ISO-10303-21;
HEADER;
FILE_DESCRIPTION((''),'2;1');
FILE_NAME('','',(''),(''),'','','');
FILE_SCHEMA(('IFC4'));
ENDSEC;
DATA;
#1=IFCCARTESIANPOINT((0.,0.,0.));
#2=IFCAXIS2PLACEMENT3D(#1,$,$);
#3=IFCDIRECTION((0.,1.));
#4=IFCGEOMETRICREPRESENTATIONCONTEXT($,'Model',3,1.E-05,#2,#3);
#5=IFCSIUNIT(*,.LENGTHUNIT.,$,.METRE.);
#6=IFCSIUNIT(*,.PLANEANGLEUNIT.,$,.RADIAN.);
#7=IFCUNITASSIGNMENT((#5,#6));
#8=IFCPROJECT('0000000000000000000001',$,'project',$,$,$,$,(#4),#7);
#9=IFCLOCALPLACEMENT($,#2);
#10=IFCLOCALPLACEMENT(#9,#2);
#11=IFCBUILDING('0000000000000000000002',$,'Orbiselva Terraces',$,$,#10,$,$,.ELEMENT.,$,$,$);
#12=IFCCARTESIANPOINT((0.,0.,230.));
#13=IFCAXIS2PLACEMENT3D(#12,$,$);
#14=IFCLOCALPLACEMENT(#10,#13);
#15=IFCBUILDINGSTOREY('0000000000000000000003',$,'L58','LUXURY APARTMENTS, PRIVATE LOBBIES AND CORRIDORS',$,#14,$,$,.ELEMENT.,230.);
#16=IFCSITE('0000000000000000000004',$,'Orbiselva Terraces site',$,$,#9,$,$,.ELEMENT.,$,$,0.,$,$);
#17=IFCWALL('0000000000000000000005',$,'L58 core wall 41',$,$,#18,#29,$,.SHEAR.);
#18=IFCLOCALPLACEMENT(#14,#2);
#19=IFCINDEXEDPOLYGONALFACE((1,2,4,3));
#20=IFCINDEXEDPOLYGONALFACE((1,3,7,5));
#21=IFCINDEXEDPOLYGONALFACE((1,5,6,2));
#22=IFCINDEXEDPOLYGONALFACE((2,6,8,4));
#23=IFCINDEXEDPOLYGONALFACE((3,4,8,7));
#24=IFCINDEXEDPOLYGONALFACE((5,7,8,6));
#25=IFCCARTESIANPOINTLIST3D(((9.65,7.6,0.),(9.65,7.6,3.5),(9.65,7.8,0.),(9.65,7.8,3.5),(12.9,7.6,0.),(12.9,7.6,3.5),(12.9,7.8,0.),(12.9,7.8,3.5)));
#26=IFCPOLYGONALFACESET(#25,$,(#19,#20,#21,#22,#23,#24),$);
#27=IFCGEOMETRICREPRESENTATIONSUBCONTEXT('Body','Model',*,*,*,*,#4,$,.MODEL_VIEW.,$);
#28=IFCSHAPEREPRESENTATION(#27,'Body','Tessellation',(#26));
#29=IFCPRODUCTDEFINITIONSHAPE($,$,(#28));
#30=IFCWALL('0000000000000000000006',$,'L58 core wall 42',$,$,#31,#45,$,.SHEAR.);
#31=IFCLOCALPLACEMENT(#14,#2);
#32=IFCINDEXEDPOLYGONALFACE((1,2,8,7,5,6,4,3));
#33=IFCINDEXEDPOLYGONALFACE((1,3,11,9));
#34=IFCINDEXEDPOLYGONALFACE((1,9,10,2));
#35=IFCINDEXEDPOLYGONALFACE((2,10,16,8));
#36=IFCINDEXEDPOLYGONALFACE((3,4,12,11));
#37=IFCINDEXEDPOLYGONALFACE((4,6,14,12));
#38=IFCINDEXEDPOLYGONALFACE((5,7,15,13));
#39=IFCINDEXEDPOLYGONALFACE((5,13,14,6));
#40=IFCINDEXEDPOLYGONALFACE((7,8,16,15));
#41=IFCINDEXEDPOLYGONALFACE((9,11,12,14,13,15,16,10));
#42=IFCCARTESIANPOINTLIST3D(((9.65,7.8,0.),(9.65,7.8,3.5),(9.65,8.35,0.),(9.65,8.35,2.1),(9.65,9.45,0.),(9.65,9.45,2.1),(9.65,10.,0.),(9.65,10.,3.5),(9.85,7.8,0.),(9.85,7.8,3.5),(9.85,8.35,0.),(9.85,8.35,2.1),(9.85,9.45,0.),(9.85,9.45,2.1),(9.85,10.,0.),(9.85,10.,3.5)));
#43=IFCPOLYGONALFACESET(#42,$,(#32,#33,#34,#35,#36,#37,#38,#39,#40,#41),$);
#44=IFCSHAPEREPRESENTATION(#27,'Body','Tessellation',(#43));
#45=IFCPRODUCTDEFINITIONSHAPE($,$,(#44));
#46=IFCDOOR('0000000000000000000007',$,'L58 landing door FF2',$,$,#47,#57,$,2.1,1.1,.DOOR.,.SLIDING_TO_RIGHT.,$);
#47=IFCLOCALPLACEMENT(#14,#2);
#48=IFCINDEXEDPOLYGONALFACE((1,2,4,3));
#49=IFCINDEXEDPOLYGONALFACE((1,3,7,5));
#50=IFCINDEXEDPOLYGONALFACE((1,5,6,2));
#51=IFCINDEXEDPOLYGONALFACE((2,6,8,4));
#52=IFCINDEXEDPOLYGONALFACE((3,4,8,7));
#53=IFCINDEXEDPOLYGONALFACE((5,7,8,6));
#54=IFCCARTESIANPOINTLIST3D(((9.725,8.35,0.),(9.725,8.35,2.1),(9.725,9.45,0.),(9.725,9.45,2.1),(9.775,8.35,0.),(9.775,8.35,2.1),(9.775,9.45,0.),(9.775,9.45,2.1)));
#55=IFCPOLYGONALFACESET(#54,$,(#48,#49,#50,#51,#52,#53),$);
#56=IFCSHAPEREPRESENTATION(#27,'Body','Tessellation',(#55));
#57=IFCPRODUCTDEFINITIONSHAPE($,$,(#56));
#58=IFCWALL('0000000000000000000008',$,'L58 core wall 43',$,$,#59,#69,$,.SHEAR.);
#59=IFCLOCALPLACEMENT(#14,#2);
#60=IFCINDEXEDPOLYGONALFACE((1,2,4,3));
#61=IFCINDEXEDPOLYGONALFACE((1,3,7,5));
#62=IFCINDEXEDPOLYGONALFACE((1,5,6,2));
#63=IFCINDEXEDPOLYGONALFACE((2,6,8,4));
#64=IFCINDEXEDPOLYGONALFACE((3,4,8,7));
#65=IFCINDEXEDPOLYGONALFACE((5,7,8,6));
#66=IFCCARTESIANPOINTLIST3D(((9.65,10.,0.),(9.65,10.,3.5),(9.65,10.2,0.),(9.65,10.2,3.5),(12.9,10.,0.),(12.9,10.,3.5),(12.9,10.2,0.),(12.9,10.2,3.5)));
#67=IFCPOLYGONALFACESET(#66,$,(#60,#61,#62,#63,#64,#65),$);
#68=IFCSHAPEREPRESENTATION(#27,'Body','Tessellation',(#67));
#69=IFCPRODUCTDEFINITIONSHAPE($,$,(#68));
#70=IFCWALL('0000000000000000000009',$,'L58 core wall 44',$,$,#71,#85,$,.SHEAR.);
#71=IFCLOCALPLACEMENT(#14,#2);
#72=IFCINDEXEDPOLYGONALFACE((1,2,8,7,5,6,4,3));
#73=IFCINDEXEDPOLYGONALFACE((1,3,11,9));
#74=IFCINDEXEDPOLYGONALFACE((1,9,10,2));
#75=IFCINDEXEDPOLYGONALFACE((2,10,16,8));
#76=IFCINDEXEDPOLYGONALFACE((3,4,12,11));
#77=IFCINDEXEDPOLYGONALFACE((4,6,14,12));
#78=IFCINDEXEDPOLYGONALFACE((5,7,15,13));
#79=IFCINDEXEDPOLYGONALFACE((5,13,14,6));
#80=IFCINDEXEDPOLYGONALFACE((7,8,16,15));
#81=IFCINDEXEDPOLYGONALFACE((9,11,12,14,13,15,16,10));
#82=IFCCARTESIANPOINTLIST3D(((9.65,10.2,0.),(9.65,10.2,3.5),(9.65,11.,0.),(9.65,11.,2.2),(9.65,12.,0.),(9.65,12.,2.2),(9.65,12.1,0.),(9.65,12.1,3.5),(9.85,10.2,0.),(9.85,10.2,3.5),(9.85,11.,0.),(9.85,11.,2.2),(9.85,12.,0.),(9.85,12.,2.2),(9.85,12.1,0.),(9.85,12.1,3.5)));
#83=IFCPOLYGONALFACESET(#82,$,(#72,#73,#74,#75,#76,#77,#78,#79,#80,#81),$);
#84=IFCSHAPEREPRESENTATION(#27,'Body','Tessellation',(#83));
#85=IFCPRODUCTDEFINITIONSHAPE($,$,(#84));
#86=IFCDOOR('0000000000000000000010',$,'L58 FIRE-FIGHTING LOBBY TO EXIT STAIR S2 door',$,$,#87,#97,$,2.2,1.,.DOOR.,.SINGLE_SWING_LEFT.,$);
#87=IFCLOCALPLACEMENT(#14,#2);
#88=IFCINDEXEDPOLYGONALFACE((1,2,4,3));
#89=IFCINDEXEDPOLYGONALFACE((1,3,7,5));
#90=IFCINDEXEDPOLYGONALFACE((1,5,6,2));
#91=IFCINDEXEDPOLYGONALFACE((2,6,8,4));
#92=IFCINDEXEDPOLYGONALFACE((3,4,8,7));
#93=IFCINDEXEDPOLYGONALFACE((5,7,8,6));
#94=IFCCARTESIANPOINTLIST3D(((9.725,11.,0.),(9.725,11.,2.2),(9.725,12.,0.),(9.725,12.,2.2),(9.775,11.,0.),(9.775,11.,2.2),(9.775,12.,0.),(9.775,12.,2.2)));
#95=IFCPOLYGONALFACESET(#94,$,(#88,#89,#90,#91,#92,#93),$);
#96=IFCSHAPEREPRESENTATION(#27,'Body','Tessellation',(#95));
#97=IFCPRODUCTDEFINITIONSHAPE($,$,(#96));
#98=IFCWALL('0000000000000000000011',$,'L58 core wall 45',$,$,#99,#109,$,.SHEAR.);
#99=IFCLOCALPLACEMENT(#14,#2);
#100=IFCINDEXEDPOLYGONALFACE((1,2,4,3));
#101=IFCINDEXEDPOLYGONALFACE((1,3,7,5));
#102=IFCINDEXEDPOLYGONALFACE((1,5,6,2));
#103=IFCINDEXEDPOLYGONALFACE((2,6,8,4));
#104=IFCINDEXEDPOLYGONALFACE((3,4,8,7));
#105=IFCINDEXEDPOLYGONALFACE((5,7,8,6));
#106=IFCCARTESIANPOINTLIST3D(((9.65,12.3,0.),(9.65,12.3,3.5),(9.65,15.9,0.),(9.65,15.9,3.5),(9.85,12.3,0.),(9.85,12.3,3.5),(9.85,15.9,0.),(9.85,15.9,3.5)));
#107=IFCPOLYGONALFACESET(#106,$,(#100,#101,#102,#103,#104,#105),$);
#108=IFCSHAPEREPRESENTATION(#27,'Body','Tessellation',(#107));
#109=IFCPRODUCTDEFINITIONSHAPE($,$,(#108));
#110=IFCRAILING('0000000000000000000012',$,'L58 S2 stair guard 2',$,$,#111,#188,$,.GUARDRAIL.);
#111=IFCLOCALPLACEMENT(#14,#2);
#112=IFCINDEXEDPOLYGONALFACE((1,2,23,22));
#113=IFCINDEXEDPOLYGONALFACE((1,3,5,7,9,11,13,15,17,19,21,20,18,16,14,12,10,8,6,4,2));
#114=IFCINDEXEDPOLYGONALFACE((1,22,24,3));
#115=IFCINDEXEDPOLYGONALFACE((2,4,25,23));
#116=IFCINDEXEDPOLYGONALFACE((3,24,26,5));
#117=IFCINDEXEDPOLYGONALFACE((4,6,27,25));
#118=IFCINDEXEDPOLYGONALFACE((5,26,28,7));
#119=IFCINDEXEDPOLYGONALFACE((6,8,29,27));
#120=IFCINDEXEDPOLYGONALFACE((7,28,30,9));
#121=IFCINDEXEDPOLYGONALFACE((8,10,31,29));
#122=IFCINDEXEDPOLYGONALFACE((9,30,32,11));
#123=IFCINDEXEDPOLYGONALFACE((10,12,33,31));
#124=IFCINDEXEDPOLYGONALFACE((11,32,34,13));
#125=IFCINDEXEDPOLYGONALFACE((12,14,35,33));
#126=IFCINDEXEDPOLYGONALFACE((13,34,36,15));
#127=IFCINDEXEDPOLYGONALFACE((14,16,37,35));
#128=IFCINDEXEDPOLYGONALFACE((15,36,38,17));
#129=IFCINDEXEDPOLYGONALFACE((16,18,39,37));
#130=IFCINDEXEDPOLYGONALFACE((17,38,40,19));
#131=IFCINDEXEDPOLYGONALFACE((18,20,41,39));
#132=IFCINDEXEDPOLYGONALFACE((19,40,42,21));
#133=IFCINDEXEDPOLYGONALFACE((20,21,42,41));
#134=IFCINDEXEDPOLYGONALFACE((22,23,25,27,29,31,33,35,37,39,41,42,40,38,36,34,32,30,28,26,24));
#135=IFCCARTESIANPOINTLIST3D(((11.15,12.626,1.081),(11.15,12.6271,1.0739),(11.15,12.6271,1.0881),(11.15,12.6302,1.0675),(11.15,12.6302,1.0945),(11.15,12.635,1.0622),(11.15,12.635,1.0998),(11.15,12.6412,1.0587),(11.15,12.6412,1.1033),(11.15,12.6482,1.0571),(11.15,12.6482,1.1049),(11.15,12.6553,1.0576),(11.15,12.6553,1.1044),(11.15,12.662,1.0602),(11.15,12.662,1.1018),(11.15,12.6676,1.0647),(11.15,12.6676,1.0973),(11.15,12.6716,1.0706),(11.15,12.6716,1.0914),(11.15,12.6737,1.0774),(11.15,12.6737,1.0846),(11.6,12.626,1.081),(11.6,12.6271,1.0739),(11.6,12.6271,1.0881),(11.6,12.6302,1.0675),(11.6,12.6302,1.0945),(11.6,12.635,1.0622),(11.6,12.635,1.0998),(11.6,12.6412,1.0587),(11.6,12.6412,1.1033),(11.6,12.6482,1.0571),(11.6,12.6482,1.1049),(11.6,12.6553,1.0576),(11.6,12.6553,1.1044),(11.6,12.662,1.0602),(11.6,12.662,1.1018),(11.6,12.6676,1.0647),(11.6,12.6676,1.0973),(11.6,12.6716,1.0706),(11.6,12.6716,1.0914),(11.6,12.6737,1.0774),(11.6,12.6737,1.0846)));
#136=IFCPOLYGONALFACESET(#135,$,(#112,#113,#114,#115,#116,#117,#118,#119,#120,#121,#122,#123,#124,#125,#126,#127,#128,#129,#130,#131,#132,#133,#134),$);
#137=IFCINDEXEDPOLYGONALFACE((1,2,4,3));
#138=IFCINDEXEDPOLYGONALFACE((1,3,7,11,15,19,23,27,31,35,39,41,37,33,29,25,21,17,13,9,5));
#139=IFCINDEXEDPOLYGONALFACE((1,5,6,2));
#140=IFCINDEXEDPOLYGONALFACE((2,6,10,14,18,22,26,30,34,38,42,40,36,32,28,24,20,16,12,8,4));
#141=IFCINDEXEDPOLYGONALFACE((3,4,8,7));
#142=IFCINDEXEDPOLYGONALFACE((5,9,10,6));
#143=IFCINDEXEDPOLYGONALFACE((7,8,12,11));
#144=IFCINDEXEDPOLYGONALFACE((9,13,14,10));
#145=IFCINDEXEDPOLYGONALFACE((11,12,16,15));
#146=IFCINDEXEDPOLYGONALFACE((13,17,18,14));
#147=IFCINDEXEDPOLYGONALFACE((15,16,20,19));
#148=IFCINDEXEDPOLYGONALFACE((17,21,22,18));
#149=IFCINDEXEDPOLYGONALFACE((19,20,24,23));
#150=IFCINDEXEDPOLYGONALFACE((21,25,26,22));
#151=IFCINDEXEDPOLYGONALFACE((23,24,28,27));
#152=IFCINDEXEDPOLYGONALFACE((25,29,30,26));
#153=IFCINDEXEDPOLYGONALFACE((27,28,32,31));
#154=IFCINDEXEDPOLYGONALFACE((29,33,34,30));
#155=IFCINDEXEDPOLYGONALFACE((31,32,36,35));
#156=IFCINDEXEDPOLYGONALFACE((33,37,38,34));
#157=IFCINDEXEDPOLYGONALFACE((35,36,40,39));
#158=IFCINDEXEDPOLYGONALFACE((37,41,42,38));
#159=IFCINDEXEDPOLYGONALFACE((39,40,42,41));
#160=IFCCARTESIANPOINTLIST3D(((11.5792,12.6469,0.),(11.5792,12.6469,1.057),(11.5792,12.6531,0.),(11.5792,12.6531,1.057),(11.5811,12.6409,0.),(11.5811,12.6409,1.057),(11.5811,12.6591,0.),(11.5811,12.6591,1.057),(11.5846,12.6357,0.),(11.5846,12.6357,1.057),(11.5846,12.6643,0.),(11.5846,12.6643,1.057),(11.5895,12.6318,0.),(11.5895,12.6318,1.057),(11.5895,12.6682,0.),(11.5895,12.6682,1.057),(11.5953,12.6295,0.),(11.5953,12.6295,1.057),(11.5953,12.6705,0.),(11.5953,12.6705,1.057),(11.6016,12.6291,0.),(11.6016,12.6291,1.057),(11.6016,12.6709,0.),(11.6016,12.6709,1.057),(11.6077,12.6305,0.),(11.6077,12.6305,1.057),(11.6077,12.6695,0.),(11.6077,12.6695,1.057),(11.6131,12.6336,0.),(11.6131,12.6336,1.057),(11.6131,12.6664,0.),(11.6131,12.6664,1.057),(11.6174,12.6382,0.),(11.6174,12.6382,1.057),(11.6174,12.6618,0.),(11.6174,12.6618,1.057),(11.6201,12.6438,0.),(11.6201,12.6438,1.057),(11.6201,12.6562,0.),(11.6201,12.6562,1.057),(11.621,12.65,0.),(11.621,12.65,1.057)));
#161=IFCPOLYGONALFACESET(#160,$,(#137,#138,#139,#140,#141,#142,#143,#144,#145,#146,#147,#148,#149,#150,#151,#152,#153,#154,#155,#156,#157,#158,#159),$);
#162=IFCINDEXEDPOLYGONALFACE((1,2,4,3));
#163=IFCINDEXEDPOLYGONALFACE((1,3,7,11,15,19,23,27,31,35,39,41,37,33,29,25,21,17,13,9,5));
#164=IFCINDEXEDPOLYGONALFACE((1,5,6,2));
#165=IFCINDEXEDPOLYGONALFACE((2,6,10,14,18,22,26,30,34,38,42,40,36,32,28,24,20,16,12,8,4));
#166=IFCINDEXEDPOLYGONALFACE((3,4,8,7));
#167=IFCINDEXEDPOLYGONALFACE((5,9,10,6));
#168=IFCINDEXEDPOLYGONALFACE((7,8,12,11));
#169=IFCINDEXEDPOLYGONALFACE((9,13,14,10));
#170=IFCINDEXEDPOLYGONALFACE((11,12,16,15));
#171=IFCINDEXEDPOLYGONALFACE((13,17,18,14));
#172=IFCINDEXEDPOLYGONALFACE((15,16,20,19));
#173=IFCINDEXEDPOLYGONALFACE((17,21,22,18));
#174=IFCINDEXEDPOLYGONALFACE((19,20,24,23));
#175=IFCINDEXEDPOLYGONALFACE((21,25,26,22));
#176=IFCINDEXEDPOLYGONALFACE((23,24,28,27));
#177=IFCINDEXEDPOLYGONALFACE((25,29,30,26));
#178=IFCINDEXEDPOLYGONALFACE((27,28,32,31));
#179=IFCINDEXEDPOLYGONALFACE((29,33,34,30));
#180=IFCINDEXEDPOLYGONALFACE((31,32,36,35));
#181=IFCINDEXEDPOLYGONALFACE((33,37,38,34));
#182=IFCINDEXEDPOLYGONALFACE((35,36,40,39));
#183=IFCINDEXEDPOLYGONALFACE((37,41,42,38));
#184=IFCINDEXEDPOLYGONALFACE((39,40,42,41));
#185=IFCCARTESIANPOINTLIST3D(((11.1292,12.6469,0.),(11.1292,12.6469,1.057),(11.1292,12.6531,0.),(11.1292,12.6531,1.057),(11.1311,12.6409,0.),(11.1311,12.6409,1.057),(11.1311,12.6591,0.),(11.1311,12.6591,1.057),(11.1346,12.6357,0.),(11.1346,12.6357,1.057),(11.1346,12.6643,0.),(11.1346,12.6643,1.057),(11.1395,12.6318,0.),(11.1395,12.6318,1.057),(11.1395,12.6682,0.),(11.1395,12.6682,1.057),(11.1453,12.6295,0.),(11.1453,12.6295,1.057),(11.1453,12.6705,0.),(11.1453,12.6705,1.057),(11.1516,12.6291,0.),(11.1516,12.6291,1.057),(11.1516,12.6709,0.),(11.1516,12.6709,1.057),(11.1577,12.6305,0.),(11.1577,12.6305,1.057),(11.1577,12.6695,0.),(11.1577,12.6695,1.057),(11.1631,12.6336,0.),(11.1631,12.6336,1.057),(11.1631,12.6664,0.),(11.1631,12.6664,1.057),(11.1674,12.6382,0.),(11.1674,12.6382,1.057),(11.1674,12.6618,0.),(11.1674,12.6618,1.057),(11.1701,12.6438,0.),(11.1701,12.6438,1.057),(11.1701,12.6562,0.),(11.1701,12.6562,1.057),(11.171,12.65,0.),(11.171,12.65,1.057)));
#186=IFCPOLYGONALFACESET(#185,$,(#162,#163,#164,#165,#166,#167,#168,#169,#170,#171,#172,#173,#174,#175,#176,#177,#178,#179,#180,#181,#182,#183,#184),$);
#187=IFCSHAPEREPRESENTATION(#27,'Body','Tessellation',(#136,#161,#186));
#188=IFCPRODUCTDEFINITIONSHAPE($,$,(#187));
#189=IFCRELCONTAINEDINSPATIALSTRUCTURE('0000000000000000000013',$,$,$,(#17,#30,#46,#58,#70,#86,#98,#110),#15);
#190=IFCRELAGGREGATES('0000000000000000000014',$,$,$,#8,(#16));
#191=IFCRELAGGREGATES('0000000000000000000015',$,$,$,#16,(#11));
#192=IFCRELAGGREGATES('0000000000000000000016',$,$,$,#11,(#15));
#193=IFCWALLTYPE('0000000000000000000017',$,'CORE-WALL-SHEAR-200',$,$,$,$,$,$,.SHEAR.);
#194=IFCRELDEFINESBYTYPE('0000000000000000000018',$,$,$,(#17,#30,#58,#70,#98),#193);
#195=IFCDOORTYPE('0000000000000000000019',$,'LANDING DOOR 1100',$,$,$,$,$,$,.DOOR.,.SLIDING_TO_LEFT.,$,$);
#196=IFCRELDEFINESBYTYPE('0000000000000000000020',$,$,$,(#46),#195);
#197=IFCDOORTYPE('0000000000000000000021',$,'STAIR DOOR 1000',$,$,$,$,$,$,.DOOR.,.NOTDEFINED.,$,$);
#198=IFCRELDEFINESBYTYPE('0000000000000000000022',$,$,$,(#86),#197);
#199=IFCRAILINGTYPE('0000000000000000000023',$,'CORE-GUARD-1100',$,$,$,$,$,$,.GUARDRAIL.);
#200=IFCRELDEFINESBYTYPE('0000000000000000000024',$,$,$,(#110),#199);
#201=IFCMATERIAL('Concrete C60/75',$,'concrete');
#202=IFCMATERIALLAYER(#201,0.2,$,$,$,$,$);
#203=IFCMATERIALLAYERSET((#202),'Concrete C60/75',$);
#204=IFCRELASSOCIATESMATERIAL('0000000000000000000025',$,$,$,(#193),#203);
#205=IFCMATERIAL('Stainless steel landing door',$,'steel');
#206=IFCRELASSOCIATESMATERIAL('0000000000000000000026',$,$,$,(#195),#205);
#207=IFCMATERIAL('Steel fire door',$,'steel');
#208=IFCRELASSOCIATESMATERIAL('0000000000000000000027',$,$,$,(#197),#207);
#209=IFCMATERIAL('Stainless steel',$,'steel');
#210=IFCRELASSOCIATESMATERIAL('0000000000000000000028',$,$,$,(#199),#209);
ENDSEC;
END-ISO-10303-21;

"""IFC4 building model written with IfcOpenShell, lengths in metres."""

from ifc_helpers import new_model, si_unit, direction, frame, frame_2d, origin, origin_2d, place, context, subcontext, project, spatial, rectangle, circle, extrude, material, layer, layer_set, type_object, element, fill, save


model = new_model("IFC4")

# Units and contexts
model_context = context("Model", 3, precision=1e-05, world=origin(), true_north=direction((0.0, 1.0)))
body_context = subcontext(model_context, "Body", "Model", "MODEL_VIEW")
ifc_project = project(units=[si_unit("LENGTHUNIT", "METRE"), si_unit("PLANEANGLEUNIT", "RADIAN")], contexts=[model_context])

# Site, building, storey
site_placement = place(None, origin())
site = spatial("IfcSite", under=ifc_project, at=site_placement, Name="Orbiselva Terraces site", CompositionType="ELEMENT", RefElevation=0.0)
building_placement = place(site_placement, origin())
building = spatial("IfcBuilding", under=site, at=building_placement, Name="Orbiselva Terraces", CompositionType="ELEMENT")
storey_placement = place(building_placement, frame((0.0, 0.0, 230.0)))
storey = spatial("IfcBuildingStorey", under=building, at=storey_placement, Name="L58", Description="LUXURY APARTMENTS, PRIVATE LOBBIES AND CORRIDORS", CompositionType="ELEMENT", Elevation=230.0)

# Shared definitions
ifc_material_1 = material(Name="Steel fire door", Category="steel")

# Shared definitions
ifc_material_2 = material(Name="Concrete C60/75", Category="concrete")
ifc_layer_1 = layer(ifc_material_2, 0.2)
ifc_layer_set_1 = layer_set([ifc_layer_1], Name="Concrete C60/75")
wall_type_1 = type_object("IfcWallType", Name="CORE-WALL-SHEAR-200", PredefinedType="SHEAR", material=ifc_layer_set_1)

# Shared definitions
ifc_material_3 = material(Name="Stainless steel landing door", Category="steel")
door_type_1 = type_object("IfcDoorType", Name="LANDING DOOR 1100", OperationType="SLIDING_TO_LEFT", PredefinedType="DOOR", material=ifc_material_3)

# Wall
wall_1_placement = place(storey_placement, frame((9.65, 7.7, 0.0), z_axis=(0.0, 0.0, 1.0), x_axis=(1.0, 0.0, 0.0)))
element("IfcWall", 1, at=wall_1_placement, inside=storey, type_object=wall_type_1, Name="L58 core wall 41", PredefinedType="SHEAR", context=body_context, shape_type="SweptSolid", body=[
    extrude(rectangle(XDim=3.25, YDim=0.2, at=frame_2d((1.625, 0.0))), origin(), (0.0, 0.0, 1.0), 3.5),
])

# Wall, opening, door
wall_2_placement = place(storey_placement, frame((9.75, 7.8, 0.0), z_axis=(0.0, 0.0, 1.0), x_axis=(0.0, 1.0, 0.0)))
wall_2 = element("IfcWall", 2, at=wall_2_placement, inside=storey, type_object=wall_type_1, Name="L58 core wall 42", PredefinedType="SHEAR", context=body_context, shape_type="SweptSolid", body=[
    extrude(rectangle(XDim=2.2, YDim=0.2, at=frame_2d((1.1, 0.0))), origin(), (0.0, 0.0, 1.0), 3.5),
])
opening_1_placement = place(wall_2_placement, frame((0.55, 0.0, 0.0)))
opening_1 = element("IfcOpeningElement", 3, at=opening_1_placement, cuts=wall_2, PredefinedType="OPENING", context=body_context, shape_type="SweptSolid", body=[
    extrude(rectangle(XDim=1.1, YDim=2.1, at=frame_2d((0.55, 1.05))), frame((0.0, 0.11, 0.0), z_axis=(0.0, -1.0, 0.0), x_axis=(1.0, 0.0, 0.0)), (0.0, 0.0, 1.0), 0.22),
])
door_1_placement = place(opening_1_placement, origin())
door_1 = element("IfcDoor", 4, at=door_1_placement, inside=storey, type_object=door_type_1, Name="L58 landing door FF2", OperationType="SLIDING_TO_RIGHT", OverallHeight=2.1, OverallWidth=1.1, PredefinedType="DOOR", context=body_context, shape_type="SweptSolid", body=[
    extrude(rectangle(XDim=1.1, YDim=2.1, at=frame_2d((0.55, 1.05))), frame((0.0, 0.025, 0.0), z_axis=(0.0, -1.0, 0.0), x_axis=(1.0, 0.0, 0.0)), (0.0, 0.0, 1.0), 0.05),
])
fill(opening_1, door_1)

# Wall
wall_3_placement = place(storey_placement, frame((9.65, 10.1, 0.0), z_axis=(0.0, 0.0, 1.0), x_axis=(1.0, 0.0, 0.0)))
element("IfcWall", 5, at=wall_3_placement, inside=storey, type_object=wall_type_1, Name="L58 core wall 43", PredefinedType="SHEAR", context=body_context, shape_type="SweptSolid", body=[
    extrude(rectangle(XDim=3.25, YDim=0.2, at=frame_2d((1.625, 0.0))), origin(), (0.0, 0.0, 1.0), 3.5),
])

# Wall, opening, door
wall_4_placement = place(storey_placement, frame((9.75, 12.1, 0.0), z_axis=(0.0, 0.0, 1.0), x_axis=(0.0, -1.0, 0.0)))
wall_4 = element("IfcWall", 6, at=wall_4_placement, inside=storey, type_object=wall_type_1, Name="L58 core wall 44", PredefinedType="SHEAR", context=body_context, shape_type="SweptSolid", body=[
    extrude(rectangle(XDim=1.9, YDim=0.2, at=frame_2d((0.95, 0.0))), origin(), (0.0, 0.0, 1.0), 3.5),
])
opening_2_placement = place(wall_4_placement, frame((0.1, 0.0, 0.0)))
opening_2 = element("IfcOpeningElement", 7, at=opening_2_placement, cuts=wall_4, PredefinedType="OPENING", context=body_context, shape_type="SweptSolid", body=[
    extrude(rectangle(XDim=1.0, YDim=2.2, at=frame_2d((0.5, 1.1))), frame((0.0, 0.11, 0.0), z_axis=(0.0, -1.0, 0.0), x_axis=(1.0, 0.0, 0.0)), (0.0, 0.0, 1.0), 0.22),
])
door_type_2 = type_object("IfcDoorType", Name="STAIR DOOR 1000", OperationType="NOTDEFINED", PredefinedType="DOOR", material=ifc_material_1)
door_2_placement = place(opening_2_placement, origin())
door_2 = element("IfcDoor", 8, at=door_2_placement, inside=storey, type_object=door_type_2, Name="L58 FIRE-FIGHTING LOBBY TO EXIT STAIR S2 door", OperationType="SINGLE_SWING_LEFT", OverallHeight=2.2, OverallWidth=1.0, PredefinedType="DOOR", context=body_context, shape_type="SweptSolid", body=[
    extrude(rectangle(XDim=1.0, YDim=2.2, at=frame_2d((0.5, 1.1))), frame((0.0, 0.025, 0.0), z_axis=(0.0, -1.0, 0.0), x_axis=(1.0, 0.0, 0.0)), (0.0, 0.0, 1.0), 0.05),
])
fill(opening_2, door_2)

# Wall
wall_5_placement = place(storey_placement, frame((9.75, 12.3, 0.0), z_axis=(0.0, 0.0, 1.0), x_axis=(0.0, 1.0, 0.0)))
element("IfcWall", 9, at=wall_5_placement, inside=storey, type_object=wall_type_1, Name="L58 core wall 45", PredefinedType="SHEAR", context=body_context, shape_type="SweptSolid", body=[
    extrude(rectangle(XDim=3.6, YDim=0.2, at=frame_2d((1.8, 0.0))), origin(), (0.0, 0.0, 1.0), 3.5),
])

# Railing
ifc_material_4 = material(Name="Stainless steel", Category="steel")
railing_type = type_object("IfcRailingType", Name="CORE-GUARD-1100", PredefinedType="GUARDRAIL", material=ifc_material_4)
railing_1_placement = place(storey_placement, frame((11.6, 12.65, 0.0)))
element("IfcRailing", 10, at=railing_1_placement, inside=storey, type_object=railing_type, Name="L58 S2 stair guard 2", PredefinedType="GUARDRAIL", context=body_context, shape_type="SweptSolid", body=[
    extrude(circle(Radius=0.024, at=origin_2d()), frame((0.0, 0.0, 1.081), z_axis=(-1.0, 0.0, 0.0), x_axis=(0.0, -1.0, 0.0)), (0.0, 0.0, 1.0), 0.45),
    extrude(circle(Radius=0.021, at=origin_2d()), origin(), (0.0, 0.0, 1.0), 1.057),
    extrude(circle(Radius=0.021, at=origin_2d()), frame((-0.45, 0.0, 0.0)), (0.0, 0.0, 1.0), 1.057),
])

save(model, "model.ifc")
